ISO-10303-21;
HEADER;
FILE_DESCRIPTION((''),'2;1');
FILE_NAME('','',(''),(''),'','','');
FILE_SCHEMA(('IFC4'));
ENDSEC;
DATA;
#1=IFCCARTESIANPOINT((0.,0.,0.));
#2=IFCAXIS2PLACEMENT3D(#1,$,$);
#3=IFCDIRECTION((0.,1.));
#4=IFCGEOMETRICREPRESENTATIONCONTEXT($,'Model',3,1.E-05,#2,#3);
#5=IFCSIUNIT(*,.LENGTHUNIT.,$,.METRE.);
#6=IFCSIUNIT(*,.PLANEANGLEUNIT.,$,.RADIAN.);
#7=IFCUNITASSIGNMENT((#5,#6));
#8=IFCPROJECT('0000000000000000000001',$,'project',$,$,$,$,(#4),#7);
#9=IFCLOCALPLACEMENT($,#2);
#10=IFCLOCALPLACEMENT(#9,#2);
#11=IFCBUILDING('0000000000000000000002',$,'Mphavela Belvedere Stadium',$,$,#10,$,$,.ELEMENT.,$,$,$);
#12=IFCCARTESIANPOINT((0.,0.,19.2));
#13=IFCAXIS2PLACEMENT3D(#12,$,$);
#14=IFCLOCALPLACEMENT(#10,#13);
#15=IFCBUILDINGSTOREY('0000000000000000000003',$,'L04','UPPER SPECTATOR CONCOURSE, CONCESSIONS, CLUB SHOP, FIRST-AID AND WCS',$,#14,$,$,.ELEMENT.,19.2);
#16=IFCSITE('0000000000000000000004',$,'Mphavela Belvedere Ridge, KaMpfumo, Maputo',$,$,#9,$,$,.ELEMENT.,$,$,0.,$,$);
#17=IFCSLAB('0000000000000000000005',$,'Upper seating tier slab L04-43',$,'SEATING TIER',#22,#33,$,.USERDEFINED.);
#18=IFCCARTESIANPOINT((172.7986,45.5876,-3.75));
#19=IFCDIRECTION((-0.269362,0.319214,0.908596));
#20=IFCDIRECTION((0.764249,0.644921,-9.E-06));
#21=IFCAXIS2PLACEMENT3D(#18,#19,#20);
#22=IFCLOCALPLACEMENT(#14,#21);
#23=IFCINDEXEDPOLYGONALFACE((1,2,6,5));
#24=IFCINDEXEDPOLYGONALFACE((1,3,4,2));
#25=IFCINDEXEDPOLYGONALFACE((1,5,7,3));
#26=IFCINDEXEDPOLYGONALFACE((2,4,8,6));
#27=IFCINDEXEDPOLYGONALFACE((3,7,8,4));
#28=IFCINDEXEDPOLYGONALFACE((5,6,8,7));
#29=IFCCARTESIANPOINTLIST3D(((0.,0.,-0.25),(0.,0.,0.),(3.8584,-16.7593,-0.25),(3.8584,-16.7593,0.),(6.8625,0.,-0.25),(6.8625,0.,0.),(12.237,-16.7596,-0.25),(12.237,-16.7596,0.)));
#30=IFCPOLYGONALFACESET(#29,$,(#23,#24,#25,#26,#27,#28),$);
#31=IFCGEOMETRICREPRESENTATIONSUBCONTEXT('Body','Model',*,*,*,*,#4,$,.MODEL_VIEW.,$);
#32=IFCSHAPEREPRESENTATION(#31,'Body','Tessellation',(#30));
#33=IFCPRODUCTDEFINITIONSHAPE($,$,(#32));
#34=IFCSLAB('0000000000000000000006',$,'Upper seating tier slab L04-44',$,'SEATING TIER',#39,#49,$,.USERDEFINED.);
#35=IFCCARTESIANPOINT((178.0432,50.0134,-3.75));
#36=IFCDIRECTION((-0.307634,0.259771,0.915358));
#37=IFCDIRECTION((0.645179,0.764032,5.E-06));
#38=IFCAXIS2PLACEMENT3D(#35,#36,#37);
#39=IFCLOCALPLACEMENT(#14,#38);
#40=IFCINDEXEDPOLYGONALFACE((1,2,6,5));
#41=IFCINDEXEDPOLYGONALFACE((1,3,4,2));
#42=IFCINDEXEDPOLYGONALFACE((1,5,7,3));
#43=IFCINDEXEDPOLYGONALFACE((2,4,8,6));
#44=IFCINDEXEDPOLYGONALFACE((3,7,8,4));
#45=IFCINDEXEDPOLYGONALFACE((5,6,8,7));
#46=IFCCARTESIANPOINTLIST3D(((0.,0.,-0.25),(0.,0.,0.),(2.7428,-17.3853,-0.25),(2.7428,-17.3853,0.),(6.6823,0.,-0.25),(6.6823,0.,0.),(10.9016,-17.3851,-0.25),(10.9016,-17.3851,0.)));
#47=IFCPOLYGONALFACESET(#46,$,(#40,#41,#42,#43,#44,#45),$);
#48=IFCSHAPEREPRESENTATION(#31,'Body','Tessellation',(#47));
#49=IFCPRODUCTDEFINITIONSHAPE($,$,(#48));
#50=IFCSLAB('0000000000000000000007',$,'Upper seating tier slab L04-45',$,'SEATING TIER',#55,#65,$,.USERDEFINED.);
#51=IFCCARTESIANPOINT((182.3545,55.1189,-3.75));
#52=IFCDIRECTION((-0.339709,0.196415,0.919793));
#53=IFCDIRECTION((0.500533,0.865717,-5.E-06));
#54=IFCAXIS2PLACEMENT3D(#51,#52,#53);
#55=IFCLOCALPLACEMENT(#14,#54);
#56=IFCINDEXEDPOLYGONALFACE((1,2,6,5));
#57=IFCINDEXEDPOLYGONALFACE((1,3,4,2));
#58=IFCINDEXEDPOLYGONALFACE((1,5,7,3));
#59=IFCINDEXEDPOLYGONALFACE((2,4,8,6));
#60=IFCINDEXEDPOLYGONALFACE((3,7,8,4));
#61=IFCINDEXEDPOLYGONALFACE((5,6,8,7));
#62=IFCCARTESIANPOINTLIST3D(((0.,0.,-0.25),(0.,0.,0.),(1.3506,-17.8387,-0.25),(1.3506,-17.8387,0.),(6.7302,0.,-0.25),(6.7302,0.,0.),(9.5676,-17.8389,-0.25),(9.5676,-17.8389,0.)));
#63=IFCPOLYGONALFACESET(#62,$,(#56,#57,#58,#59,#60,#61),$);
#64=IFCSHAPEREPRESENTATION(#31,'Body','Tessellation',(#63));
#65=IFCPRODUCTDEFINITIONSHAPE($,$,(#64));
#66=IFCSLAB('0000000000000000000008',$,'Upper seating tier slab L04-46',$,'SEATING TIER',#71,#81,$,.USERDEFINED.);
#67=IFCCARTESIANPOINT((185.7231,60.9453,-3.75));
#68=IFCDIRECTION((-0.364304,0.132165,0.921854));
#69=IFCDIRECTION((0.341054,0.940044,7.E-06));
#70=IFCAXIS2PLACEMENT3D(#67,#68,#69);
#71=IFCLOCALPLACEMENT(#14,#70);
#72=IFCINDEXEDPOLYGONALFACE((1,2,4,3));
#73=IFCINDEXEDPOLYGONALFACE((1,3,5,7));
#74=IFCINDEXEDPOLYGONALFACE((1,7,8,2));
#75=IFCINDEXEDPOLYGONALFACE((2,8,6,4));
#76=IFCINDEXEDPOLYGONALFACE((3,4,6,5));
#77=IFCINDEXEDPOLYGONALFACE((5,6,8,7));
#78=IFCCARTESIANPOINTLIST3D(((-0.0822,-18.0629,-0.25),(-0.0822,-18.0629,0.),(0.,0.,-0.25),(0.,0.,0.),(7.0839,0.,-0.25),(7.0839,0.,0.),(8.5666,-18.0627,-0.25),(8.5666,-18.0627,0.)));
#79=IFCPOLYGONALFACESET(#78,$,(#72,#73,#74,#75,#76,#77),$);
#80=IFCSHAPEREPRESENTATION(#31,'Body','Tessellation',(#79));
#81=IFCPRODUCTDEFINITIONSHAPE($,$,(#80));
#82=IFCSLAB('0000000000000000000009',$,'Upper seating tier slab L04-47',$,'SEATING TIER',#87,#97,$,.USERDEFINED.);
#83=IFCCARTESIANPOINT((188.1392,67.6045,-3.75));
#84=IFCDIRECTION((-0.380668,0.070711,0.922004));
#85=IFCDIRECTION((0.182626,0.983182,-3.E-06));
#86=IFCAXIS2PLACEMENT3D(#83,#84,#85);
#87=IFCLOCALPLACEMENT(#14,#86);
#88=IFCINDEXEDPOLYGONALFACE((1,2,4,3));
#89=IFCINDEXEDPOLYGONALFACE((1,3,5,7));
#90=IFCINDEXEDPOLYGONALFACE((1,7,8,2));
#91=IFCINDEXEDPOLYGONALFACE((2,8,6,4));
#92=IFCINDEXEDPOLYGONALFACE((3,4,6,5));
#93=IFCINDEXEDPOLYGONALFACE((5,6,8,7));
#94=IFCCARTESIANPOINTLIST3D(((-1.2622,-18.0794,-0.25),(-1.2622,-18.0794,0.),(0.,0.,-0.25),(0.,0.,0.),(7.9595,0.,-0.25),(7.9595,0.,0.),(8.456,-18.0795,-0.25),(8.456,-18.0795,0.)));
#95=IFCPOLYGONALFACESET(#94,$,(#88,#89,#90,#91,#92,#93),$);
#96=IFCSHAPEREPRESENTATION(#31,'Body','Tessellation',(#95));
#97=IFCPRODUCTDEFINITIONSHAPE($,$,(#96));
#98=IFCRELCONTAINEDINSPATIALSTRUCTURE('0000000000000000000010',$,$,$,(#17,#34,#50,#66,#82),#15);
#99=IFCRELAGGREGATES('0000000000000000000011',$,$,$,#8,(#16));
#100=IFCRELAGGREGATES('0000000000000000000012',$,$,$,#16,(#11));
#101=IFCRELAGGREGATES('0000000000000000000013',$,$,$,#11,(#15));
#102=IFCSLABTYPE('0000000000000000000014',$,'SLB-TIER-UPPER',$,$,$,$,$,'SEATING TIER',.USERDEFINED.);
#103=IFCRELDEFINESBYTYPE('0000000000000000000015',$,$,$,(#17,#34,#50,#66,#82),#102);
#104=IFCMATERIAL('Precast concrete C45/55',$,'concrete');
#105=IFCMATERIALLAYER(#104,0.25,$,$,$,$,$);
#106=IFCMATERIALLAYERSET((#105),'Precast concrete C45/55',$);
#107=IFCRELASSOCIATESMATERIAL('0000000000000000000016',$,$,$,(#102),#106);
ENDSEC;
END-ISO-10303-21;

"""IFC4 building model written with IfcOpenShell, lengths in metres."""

from ifc_helpers import new_model, si_unit, direction, frame, origin, place, context, subcontext, project, spatial, polyline, outline, extrude, material, layer, layer_set, type_object, element, save


model = new_model("IFC4")

# Units and contexts
model_context = context("Model", 3, precision=1e-05, world=origin(), true_north=direction((0.0, 1.0)))
body_context = subcontext(model_context, "Body", "Model", "MODEL_VIEW")
ifc_project = project(units=[si_unit("LENGTHUNIT", "METRE"), si_unit("PLANEANGLEUNIT", "RADIAN")], contexts=[model_context])

# Site, building, storey
site_placement = place(None, origin())
site = spatial("IfcSite", under=ifc_project, at=site_placement, Name="Mphavela Belvedere Ridge, KaMpfumo, Maputo", CompositionType="ELEMENT", RefElevation=0.0)
building_placement = place(site_placement, origin())
building = spatial("IfcBuilding", under=site, at=building_placement, Name="Mphavela Belvedere Stadium", CompositionType="ELEMENT")
storey_placement = place(building_placement, frame((0.0, 0.0, 19.2)))
storey = spatial("IfcBuildingStorey", under=building, at=storey_placement, Name="L04", Description="UPPER SPECTATOR CONCOURSE, CONCESSIONS, CLUB SHOP, FIRST-AID AND WCS", CompositionType="ELEMENT", Elevation=19.2)

# Slabs
ifc_material_1 = material(Name="Precast concrete C45/55", Category="concrete")
ifc_layer_1 = layer(ifc_material_1, 0.25)
ifc_layer_set_1 = layer_set([ifc_layer_1], Name="Precast concrete C45/55")
slab_type = type_object("IfcSlabType", Name="SLB-TIER-UPPER", ElementType="SEATING TIER", PredefinedType="USERDEFINED", material=ifc_layer_set_1)
slab_1_placement = place(storey_placement, frame((172.7986, 45.5876, -3.75), z_axis=(-0.269362, 0.319214, 0.908596), x_axis=(0.764249, 0.644921, -0.000009)))
element("IfcSlab", 1, at=slab_1_placement, inside=storey, type_object=slab_type, Name="Upper seating tier slab L04-43", ObjectType="SEATING TIER", PredefinedType="USERDEFINED", context=body_context, shape_type="SweptSolid", body=[
    extrude(outline(polyline([(0.0, 0.0), (6.8625, 0.0), (12.237, -16.7596), (3.8584, -16.7593), (0.0, 0.0)])), origin(), (0.0, 0.0, -1.0), 0.25),
])
slab_2_placement = place(storey_placement, frame((178.0432, 50.0134, -3.75), z_axis=(-0.307634, 0.259771, 0.915358), x_axis=(0.645179, 0.764032, 0.000005)))
element("IfcSlab", 2, at=slab_2_placement, inside=storey, type_object=slab_type, Name="Upper seating tier slab L04-44", ObjectType="SEATING TIER", PredefinedType="USERDEFINED", context=body_context, shape_type="SweptSolid", body=[
    extrude(outline(polyline([(0.0, 0.0), (6.6823, 0.0), (10.9016, -17.3851), (2.7428, -17.3853), (0.0, 0.0)])), origin(), (0.0, 0.0, -1.0), 0.25),
])
slab_3_placement = place(storey_placement, frame((182.3545, 55.1189, -3.75), z_axis=(-0.339709, 0.196415, 0.919793), x_axis=(0.500533, 0.865717, -0.000005)))
element("IfcSlab", 3, at=slab_3_placement, inside=storey, type_object=slab_type, Name="Upper seating tier slab L04-45", ObjectType="SEATING TIER", PredefinedType="USERDEFINED", context=body_context, shape_type="SweptSolid", body=[
    extrude(outline(polyline([(0.0, 0.0), (6.7302, 0.0), (9.5676, -17.8389), (1.3506, -17.8387), (0.0, 0.0)])), origin(), (0.0, 0.0, -1.0), 0.25),
])
slab_4_placement = place(storey_placement, frame((185.7231, 60.9453, -3.75), z_axis=(-0.364304, 0.132165, 0.921854), x_axis=(0.341054, 0.940044, 0.000007)))
element("IfcSlab", 4, at=slab_4_placement, inside=storey, type_object=slab_type, Name="Upper seating tier slab L04-46", ObjectType="SEATING TIER", PredefinedType="USERDEFINED", context=body_context, shape_type="SweptSolid", body=[
    extrude(outline(polyline([(0.0, 0.0), (7.0839, 0.0), (8.5666, -18.0627), (-0.0822, -18.0629), (0.0, 0.0)])), origin(), (0.0, 0.0, -1.0), 0.25),
])
slab_5_placement = place(storey_placement, frame((188.1392, 67.6045, -3.75), z_axis=(-0.380668, 0.070711, 0.922004), x_axis=(0.182626, 0.983182, -0.000003)))
element("IfcSlab", 5, at=slab_5_placement, inside=storey, type_object=slab_type, Name="Upper seating tier slab L04-47", ObjectType="SEATING TIER", PredefinedType="USERDEFINED", context=body_context, shape_type="SweptSolid", body=[
    extrude(outline(polyline([(0.0, 0.0), (7.9595, 0.0), (8.456, -18.0795), (-1.2622, -18.0794), (0.0, 0.0)])), origin(), (0.0, 0.0, -1.0), 0.25),
])

save(model, "model.ifc")
